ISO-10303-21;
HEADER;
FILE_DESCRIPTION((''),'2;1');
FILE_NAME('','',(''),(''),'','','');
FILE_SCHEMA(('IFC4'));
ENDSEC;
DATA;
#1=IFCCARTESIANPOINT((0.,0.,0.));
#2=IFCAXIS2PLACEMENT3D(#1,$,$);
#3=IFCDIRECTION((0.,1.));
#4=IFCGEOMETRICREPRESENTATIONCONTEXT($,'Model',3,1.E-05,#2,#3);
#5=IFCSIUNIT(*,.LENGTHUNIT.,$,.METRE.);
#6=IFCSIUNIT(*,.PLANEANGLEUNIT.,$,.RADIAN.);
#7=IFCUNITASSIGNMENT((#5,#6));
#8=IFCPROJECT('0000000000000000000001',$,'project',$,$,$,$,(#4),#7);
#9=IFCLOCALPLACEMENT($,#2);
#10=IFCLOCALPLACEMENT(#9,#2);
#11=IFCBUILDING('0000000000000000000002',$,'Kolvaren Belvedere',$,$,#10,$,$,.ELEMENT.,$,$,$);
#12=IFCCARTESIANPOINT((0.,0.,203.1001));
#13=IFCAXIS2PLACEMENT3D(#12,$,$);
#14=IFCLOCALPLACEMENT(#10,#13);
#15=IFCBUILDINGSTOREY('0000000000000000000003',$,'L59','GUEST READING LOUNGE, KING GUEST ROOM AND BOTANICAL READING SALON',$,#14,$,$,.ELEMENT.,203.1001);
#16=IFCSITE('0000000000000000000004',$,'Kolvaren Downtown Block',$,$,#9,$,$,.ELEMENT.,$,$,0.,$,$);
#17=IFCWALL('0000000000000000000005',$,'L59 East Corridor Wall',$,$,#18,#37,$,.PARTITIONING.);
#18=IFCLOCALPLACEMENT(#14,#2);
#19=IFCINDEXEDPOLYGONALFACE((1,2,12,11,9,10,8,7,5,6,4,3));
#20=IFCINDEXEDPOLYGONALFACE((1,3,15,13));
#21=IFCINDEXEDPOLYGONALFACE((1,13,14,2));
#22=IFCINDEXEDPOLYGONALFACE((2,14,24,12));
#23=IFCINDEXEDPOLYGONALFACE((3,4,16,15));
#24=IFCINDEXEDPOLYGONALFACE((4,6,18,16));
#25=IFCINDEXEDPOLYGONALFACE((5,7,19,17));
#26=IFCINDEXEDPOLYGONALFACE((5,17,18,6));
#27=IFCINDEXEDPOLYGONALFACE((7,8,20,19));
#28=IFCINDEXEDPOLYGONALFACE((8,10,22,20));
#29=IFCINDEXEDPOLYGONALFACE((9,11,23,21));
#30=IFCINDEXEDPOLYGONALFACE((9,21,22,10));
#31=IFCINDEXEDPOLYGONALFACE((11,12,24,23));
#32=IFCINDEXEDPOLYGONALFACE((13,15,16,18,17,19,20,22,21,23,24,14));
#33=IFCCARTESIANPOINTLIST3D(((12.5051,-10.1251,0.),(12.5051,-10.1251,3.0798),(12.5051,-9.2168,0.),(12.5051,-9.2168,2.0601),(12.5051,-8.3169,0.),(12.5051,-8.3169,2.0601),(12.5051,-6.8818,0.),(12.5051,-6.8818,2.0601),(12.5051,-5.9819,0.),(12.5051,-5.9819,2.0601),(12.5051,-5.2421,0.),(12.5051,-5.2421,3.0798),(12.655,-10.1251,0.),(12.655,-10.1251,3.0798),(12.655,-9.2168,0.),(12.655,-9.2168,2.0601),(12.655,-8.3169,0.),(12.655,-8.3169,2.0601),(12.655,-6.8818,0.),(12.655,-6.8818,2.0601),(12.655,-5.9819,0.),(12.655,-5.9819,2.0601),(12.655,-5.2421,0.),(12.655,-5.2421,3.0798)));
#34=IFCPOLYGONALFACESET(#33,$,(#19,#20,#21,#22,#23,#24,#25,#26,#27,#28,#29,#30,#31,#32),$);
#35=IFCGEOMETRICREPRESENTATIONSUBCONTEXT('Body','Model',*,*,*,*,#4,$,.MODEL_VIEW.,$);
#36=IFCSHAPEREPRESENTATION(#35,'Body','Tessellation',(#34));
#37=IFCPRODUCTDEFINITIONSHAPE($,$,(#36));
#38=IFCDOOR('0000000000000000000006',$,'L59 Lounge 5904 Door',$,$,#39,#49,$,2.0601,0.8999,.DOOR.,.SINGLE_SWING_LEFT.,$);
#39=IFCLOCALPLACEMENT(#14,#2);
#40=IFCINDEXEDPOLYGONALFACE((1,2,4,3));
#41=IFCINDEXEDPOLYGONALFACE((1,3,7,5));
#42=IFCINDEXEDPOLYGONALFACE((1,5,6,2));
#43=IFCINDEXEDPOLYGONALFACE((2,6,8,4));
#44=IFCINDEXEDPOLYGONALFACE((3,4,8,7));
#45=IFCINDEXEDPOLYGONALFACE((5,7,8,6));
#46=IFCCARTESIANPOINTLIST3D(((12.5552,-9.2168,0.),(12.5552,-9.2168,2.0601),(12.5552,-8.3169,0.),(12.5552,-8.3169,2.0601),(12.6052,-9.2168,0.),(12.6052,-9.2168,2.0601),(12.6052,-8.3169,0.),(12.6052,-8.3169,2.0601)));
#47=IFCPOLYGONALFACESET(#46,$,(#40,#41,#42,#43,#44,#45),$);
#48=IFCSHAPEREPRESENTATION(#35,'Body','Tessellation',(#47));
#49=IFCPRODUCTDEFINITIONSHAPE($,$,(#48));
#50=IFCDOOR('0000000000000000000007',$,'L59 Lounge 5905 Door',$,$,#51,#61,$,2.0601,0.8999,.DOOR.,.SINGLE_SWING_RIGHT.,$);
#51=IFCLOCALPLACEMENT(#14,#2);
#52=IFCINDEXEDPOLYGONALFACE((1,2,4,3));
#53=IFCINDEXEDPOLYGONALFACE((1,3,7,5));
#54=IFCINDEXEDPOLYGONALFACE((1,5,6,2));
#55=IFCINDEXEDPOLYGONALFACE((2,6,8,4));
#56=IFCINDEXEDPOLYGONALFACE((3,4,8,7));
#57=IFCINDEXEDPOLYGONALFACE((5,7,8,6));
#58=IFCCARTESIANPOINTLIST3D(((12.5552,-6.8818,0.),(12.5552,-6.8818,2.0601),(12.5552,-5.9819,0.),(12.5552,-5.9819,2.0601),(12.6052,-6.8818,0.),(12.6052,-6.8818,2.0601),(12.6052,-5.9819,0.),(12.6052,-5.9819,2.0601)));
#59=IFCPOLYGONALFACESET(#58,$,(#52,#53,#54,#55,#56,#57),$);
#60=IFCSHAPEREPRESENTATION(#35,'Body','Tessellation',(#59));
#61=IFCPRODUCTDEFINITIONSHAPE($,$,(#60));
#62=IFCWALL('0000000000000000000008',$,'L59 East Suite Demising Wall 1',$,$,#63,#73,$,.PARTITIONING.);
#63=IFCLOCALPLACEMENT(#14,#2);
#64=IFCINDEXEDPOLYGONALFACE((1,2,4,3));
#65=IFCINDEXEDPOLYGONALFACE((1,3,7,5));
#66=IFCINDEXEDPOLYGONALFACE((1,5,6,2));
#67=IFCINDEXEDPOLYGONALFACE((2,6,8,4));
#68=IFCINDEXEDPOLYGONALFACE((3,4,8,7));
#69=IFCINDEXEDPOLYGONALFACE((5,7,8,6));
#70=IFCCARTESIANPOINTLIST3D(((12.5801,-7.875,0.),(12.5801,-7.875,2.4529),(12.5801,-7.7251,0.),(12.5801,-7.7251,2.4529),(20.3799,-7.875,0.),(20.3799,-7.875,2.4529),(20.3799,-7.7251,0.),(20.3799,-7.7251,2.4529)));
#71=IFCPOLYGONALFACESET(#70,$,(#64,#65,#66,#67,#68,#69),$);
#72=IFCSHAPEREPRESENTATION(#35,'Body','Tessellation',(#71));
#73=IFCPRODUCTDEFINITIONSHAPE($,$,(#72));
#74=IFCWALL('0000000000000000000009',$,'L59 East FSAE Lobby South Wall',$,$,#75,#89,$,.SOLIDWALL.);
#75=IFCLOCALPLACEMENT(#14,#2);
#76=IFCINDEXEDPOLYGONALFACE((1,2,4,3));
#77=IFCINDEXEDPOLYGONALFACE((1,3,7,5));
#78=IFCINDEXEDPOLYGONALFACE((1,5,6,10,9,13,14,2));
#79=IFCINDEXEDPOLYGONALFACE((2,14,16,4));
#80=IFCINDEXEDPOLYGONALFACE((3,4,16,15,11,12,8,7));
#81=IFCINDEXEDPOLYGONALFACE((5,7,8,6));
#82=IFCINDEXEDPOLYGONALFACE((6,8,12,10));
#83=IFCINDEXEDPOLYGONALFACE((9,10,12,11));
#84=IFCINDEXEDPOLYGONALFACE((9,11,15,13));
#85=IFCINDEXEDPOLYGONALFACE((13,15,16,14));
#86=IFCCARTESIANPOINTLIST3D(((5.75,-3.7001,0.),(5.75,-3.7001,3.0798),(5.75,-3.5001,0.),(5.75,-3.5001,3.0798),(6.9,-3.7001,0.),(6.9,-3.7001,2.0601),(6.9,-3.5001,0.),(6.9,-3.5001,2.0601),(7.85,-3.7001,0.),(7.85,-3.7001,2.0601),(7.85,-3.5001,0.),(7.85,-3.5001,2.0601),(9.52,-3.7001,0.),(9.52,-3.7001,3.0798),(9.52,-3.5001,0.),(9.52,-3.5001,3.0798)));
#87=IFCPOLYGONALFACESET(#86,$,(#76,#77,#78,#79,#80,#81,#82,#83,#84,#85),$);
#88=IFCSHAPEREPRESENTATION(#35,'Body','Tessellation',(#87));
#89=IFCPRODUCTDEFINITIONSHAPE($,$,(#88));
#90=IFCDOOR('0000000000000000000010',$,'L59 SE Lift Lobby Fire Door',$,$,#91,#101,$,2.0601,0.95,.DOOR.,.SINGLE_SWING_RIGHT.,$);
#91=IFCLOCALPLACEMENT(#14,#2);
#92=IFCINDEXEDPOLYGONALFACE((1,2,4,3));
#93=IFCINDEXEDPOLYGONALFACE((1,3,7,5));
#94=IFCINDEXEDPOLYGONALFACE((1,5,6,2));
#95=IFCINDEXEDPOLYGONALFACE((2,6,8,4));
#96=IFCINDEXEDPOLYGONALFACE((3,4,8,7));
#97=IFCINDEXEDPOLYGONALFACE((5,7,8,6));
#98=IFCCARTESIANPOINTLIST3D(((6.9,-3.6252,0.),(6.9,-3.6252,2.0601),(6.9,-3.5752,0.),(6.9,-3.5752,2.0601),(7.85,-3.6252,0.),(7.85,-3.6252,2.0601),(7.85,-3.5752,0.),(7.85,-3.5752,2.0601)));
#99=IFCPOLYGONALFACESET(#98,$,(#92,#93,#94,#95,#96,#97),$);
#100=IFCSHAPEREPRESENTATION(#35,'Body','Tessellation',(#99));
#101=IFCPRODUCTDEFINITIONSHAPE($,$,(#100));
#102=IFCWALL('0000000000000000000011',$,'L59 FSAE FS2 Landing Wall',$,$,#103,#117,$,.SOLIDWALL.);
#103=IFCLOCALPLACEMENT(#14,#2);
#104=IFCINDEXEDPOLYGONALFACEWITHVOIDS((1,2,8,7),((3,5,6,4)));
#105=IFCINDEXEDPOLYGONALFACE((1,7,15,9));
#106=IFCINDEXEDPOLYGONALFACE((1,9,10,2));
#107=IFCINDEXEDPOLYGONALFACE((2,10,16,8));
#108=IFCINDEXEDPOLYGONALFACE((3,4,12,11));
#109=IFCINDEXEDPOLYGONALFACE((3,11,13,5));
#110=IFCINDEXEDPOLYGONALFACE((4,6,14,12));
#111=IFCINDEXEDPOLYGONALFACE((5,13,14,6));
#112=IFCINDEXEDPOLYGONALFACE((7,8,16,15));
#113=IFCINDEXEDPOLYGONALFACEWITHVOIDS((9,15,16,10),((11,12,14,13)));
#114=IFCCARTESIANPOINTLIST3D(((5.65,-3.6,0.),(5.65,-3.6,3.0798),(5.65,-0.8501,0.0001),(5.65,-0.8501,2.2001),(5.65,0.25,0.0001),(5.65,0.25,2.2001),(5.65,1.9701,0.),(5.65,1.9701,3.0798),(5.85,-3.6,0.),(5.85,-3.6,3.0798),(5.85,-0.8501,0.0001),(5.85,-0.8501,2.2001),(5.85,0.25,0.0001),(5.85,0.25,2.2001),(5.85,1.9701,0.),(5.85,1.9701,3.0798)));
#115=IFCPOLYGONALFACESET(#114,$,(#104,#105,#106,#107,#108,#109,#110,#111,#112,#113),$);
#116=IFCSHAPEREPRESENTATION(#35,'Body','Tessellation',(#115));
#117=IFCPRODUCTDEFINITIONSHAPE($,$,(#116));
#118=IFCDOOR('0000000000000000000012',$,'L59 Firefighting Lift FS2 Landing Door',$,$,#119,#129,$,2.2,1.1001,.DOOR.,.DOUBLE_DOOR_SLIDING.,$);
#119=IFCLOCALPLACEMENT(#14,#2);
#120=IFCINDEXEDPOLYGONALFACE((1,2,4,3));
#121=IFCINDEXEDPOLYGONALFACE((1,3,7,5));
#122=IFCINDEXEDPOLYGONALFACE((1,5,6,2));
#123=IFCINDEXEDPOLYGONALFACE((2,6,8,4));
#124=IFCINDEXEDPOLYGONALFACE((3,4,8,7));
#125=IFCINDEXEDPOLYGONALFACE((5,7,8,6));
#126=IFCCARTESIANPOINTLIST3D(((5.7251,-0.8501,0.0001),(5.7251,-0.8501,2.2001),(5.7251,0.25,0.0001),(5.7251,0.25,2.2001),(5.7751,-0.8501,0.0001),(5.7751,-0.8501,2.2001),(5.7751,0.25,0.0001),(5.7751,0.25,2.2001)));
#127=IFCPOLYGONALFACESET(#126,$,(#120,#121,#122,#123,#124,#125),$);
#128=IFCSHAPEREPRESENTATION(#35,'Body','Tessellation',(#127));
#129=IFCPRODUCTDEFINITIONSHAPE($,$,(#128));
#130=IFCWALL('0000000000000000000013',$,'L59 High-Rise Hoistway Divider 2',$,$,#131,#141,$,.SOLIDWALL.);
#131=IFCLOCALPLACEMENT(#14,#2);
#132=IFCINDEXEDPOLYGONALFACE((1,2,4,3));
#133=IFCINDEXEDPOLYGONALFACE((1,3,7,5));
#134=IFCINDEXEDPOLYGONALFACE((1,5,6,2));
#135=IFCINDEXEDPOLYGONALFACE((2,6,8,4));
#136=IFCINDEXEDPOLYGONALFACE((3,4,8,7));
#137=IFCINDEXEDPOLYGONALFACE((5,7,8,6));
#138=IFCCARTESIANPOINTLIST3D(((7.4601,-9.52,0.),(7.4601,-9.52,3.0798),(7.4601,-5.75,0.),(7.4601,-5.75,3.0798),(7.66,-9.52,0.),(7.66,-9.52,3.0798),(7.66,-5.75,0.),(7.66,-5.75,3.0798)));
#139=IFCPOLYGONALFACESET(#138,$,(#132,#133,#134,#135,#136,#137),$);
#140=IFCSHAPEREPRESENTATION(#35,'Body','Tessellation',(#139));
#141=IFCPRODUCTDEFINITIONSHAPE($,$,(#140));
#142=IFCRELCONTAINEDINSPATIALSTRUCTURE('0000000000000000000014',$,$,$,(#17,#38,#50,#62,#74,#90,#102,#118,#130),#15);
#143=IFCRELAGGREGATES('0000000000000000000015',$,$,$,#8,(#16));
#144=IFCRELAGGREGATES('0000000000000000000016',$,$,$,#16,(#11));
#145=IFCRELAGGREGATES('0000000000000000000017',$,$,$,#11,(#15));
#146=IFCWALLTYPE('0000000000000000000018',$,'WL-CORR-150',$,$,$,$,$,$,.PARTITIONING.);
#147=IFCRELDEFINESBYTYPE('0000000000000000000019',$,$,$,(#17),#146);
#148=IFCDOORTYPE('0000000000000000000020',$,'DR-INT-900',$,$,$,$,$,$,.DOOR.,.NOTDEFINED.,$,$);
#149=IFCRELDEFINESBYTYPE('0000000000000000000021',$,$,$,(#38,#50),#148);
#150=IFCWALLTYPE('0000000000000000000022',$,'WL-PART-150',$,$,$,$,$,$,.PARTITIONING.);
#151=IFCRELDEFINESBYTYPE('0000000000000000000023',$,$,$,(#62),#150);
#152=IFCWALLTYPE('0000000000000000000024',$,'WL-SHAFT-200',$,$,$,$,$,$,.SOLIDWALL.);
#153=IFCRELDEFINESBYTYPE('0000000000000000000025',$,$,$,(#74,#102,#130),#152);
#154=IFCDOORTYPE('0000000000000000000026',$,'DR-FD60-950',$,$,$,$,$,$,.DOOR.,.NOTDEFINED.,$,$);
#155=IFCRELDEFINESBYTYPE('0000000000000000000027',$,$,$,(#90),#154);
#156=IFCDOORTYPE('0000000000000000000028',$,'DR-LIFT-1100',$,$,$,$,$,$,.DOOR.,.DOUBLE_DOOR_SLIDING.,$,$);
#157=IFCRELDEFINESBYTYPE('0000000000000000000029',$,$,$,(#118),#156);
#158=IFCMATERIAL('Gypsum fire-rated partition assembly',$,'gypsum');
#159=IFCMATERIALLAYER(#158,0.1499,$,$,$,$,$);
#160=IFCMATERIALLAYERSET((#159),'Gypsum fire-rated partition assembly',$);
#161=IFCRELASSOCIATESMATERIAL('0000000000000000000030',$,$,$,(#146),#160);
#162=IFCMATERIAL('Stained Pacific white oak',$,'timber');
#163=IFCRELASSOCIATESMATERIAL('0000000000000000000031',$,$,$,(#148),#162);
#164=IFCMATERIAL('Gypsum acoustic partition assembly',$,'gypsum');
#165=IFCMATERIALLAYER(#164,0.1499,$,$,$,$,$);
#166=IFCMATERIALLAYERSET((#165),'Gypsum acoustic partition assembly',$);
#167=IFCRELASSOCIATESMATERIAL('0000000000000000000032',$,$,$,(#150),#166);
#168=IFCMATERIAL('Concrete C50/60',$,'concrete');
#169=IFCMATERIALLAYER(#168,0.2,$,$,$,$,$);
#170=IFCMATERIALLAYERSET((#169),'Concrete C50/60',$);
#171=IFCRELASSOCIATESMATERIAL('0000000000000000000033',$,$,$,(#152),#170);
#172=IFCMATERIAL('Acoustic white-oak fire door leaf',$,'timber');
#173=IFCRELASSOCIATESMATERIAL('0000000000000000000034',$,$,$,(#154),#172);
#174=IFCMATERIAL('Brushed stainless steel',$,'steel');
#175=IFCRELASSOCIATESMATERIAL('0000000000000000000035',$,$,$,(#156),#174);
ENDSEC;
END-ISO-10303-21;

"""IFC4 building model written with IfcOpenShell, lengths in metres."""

from ifc_helpers import new_model, si_unit, direction, frame, frame_2d, origin, place, context, subcontext, project, spatial, rectangle, extrude, material, layer, layer_set, type_object, element, fill, save


model = new_model("IFC4")

# Units and contexts
model_context = context("Model", 3, precision=1e-05, world=origin(), true_north=direction((0.0, 1.0)))
body_context = subcontext(model_context, "Body", "Model", "MODEL_VIEW")
ifc_project = project(units=[si_unit("LENGTHUNIT", "METRE"), si_unit("PLANEANGLEUNIT", "RADIAN")], contexts=[model_context])

# Site, building, storey
site_placement = place(None, origin())
site = spatial("IfcSite", under=ifc_project, at=site_placement, Name="Kolvaren Downtown Block", CompositionType="ELEMENT", RefElevation=0.0)
building_placement = place(site_placement, origin())
building = spatial("IfcBuilding", under=site, at=building_placement, Name="Kolvaren Belvedere", CompositionType="ELEMENT")
storey_placement = place(building_placement, frame((0.0, 0.0, 203.1001)))
storey = spatial("IfcBuildingStorey", under=building, at=storey_placement, Name="L59", Description="GUEST READING LOUNGE, KING GUEST ROOM AND BOTANICAL READING SALON", CompositionType="ELEMENT", Elevation=203.1001)

# Wall, openings, doors
ifc_material_1 = material(Name="Gypsum fire-rated partition assembly", Category="gypsum")
ifc_layer_1 = layer(ifc_material_1, 0.1499)
ifc_layer_set_1 = layer_set([ifc_layer_1], Name="Gypsum fire-rated partition assembly")
wall_type_1 = type_object("IfcWallType", Name="WL-CORR-150", PredefinedType="PARTITIONING", material=ifc_layer_set_1)
wall_1_placement = place(storey_placement, frame((12.5801, -10.125, 0.0), z_axis=(0.0, 0.0, 1.0), x_axis=(0.0, 1.0, 0.0)))
wall_1 = element("IfcWall", 1, at=wall_1_placement, inside=storey, type_object=wall_type_1, Name="L59 East Corridor Wall", PredefinedType="PARTITIONING", context=body_context, shape_type="SweptSolid", body=[
    extrude(rectangle(XDim=4.8831, YDim=0.1499, at=frame_2d((2.4414, 0.0))), origin(), (0.0, 0.0, 1.0), 3.0798),
])
opening_1_placement = place(wall_1_placement, frame((0.9082, 0.0, 0.0)))
opening_1 = element("IfcOpeningElement", 2, at=opening_1_placement, cuts=wall_1, PredefinedType="OPENING", context=body_context, shape_type="SweptSolid", body=[
    extrude(rectangle(XDim=0.8999, YDim=2.0601, at=frame_2d((0.45, 1.03))), frame((0.0, 0.085, 0.0), z_axis=(0.0, -1.0, 0.0), x_axis=(1.0, 0.0, 0.0)), (0.0, 0.0, 1.0), 0.1699),
])
opening_2_placement = place(wall_1_placement, frame((3.2432, 0.0, 0.0)))
opening_2 = element("IfcOpeningElement", 3, at=opening_2_placement, cuts=wall_1, PredefinedType="OPENING", context=body_context, shape_type="SweptSolid", body=[
    extrude(rectangle(XDim=0.8999, YDim=2.0601, at=frame_2d((0.45, 1.03))), frame((0.0, 0.085, 0.0), z_axis=(0.0, -1.0, 0.0), x_axis=(1.0, 0.0, 0.0)), (0.0, 0.0, 1.0), 0.1699),
])
ifc_material_2 = material(Name="Stained Pacific white oak", Category="timber")
door_type_1 = type_object("IfcDoorType", Name="DR-INT-900", OperationType="NOTDEFINED", PredefinedType="DOOR", material=ifc_material_2)
door_1_placement = place(opening_1_placement, origin())
door_1 = element("IfcDoor", 4, at=door_1_placement, inside=storey, type_object=door_type_1, Name="L59 Lounge 5904 Door", OperationType="SINGLE_SWING_LEFT", OverallHeight=2.0601, OverallWidth=0.8999, PredefinedType="DOOR", context=body_context, shape_type="SweptSolid", body=[
    extrude(rectangle(XDim=0.8999, YDim=2.0601, at=frame_2d((0.45, 1.03))), frame((0.0, 0.0249, 0.0), z_axis=(0.0, -1.0, 0.0), x_axis=(1.0, 0.0, 0.0)), (0.0, 0.0, 1.0), 0.05),
])
fill(opening_1, door_1)
door_2_placement = place(opening_2_placement, origin())
door_2 = element("IfcDoor", 5, at=door_2_placement, inside=storey, type_object=door_type_1, Name="L59 Lounge 5905 Door", OperationType="SINGLE_SWING_RIGHT", OverallHeight=2.0601, OverallWidth=0.8999, PredefinedType="DOOR", context=body_context, shape_type="SweptSolid", body=[
    extrude(rectangle(XDim=0.8999, YDim=2.0601, at=frame_2d((0.45, 1.03))), frame((0.0, 0.0249, 0.0), z_axis=(0.0, -1.0, 0.0), x_axis=(1.0, 0.0, 0.0)), (0.0, 0.0, 1.0), 0.05),
])
fill(opening_2, door_2)

# Wall
ifc_material_3 = material(Name="Gypsum acoustic partition assembly", Category="gypsum")
ifc_layer_2 = layer(ifc_material_3, 0.1499)
ifc_layer_set_2 = layer_set([ifc_layer_2], Name="Gypsum acoustic partition assembly")
wall_type_2 = type_object("IfcWallType", Name="WL-PART-150", PredefinedType="PARTITIONING", material=ifc_layer_set_2)
wall_2_placement = place(storey_placement, frame((12.5801, -7.8, 0.0), z_axis=(0.0, 0.0, 1.0), x_axis=(1.0, 0.0, 0.0)))
element("IfcWall", 6, at=wall_2_placement, inside=storey, type_object=wall_type_2, Name="L59 East Suite Demising Wall 1", PredefinedType="PARTITIONING", context=body_context, shape_type="SweptSolid", body=[
    extrude(rectangle(XDim=7.7998, YDim=0.1499, at=frame_2d((3.8999, 0.0))), origin(), (0.0, 0.0, 1.0), 2.4529),
])

# Walls, openings, doors
ifc_material_4 = material(Name="Concrete C50/60", Category="concrete")
ifc_layer_3 = layer(ifc_material_4, 0.2)
ifc_layer_set_3 = layer_set([ifc_layer_3], Name="Concrete C50/60")
wall_type_3 = type_object("IfcWallType", Name="WL-SHAFT-200", PredefinedType="SOLIDWALL", material=ifc_layer_set_3)
wall_3_placement = place(storey_placement, frame((5.75, -3.6001, 0.0), z_axis=(0.0, 0.0, 1.0), x_axis=(1.0, 0.0, 0.0)))
wall_3 = element("IfcWall", 7, at=wall_3_placement, inside=storey, type_object=wall_type_3, Name="L59 East FSAE Lobby South Wall", PredefinedType="SOLIDWALL", context=body_context, shape_type="SweptSolid", body=[
    extrude(rectangle(XDim=3.77, YDim=0.2, at=frame_2d((1.885, 0.0))), origin(), (0.0, 0.0, 1.0), 3.0798),
])
opening_3_placement = place(wall_3_placement, frame((1.1499, 0.0, 0.0)))
opening_3 = element("IfcOpeningElement", 8, at=opening_3_placement, cuts=wall_3, PredefinedType="OPENING", context=body_context, shape_type="SweptSolid", body=[
    extrude(rectangle(XDim=0.95, YDim=2.0601, at=frame_2d((0.4751, 1.03))), frame((0.0, 0.1099, 0.0), z_axis=(0.0, -1.0, 0.0), x_axis=(1.0, 0.0, 0.0)), (0.0, 0.0, 1.0), 0.22),
])
ifc_material_5 = material(Name="Acoustic white-oak fire door leaf", Category="timber")
door_type_2 = type_object("IfcDoorType", Name="DR-FD60-950", OperationType="NOTDEFINED", PredefinedType="DOOR", material=ifc_material_5)
door_3_placement = place(opening_3_placement, origin())
door_3 = element("IfcDoor", 9, at=door_3_placement, inside=storey, type_object=door_type_2, Name="L59 SE Lift Lobby Fire Door", OperationType="SINGLE_SWING_RIGHT", OverallHeight=2.0601, OverallWidth=0.95, PredefinedType="DOOR", context=body_context, shape_type="SweptSolid", body=[
    extrude(rectangle(XDim=0.95, YDim=2.0601, at=frame_2d((0.4751, 1.03))), frame((0.0, 0.0249, 0.0), z_axis=(0.0, -1.0, 0.0), x_axis=(1.0, 0.0, 0.0)), (0.0, 0.0, 1.0), 0.05),
])
fill(opening_3, door_3)
wall_4_placement = place(storey_placement, frame((5.75, -3.6001, 0.0), z_axis=(0.0, 0.0, 1.0), x_axis=(0.0, 1.0, 0.0)))
wall_4 = element("IfcWall", 10, at=wall_4_placement, inside=storey, type_object=wall_type_3, Name="L59 FSAE FS2 Landing Wall", PredefinedType="SOLIDWALL", context=body_context, shape_type="SweptSolid", body=[
    extrude(rectangle(XDim=5.5701, YDim=0.2, at=frame_2d((2.7852, 0.0))), origin(), (0.0, 0.0, 1.0), 3.0798),
])
opening_4_placement = place(wall_4_placement, frame((2.75, 0.0, 0.0)))
opening_4 = element("IfcOpeningElement", 11, at=opening_4_placement, cuts=wall_4, PredefinedType="OPENING", context=body_context, shape_type="SweptSolid", body=[
    extrude(rectangle(XDim=1.1001, YDim=2.2, at=frame_2d((0.55, 1.1001))), frame((0.0, 0.1099, 0.0), z_axis=(0.0, -1.0, 0.0), x_axis=(1.0, 0.0, 0.0)), (0.0, 0.0, 1.0), 0.22),
])
ifc_material_6 = material(Name="Brushed stainless steel", Category="steel")
door_type_3 = type_object("IfcDoorType", Name="DR-LIFT-1100", OperationType="DOUBLE_DOOR_SLIDING", PredefinedType="DOOR", material=ifc_material_6)
door_4_placement = place(opening_4_placement, origin())
door_4 = element("IfcDoor", 12, at=door_4_placement, inside=storey, type_object=door_type_3, Name="L59 Firefighting Lift FS2 Landing Door", OperationType="DOUBLE_DOOR_SLIDING", OverallHeight=2.2, OverallWidth=1.1001, PredefinedType="DOOR", context=body_context, shape_type="SweptSolid", body=[
    extrude(rectangle(XDim=1.1001, YDim=2.2, at=frame_2d((0.55, 1.1001))), frame((0.0, 0.0249, 0.0), z_axis=(0.0, -1.0, 0.0), x_axis=(1.0, 0.0, 0.0)), (0.0, 0.0, 1.0), 0.05),
])
fill(opening_4, door_4)

# Wall
wall_5_placement = place(storey_placement, frame((7.5601, -9.52, 0.0), z_axis=(0.0, 0.0, 1.0), x_axis=(0.0, 1.0, 0.0)))
element("IfcWall", 13, at=wall_5_placement, inside=storey, type_object=wall_type_3, Name="L59 High-Rise Hoistway Divider 2", PredefinedType="SOLIDWALL", context=body_context, shape_type="SweptSolid", body=[
    extrude(rectangle(XDim=3.77, YDim=0.2, at=frame_2d((1.885, 0.0))), origin(), (0.0, 0.0, 1.0), 3.0798),
])

save(model, "model.ifc")
